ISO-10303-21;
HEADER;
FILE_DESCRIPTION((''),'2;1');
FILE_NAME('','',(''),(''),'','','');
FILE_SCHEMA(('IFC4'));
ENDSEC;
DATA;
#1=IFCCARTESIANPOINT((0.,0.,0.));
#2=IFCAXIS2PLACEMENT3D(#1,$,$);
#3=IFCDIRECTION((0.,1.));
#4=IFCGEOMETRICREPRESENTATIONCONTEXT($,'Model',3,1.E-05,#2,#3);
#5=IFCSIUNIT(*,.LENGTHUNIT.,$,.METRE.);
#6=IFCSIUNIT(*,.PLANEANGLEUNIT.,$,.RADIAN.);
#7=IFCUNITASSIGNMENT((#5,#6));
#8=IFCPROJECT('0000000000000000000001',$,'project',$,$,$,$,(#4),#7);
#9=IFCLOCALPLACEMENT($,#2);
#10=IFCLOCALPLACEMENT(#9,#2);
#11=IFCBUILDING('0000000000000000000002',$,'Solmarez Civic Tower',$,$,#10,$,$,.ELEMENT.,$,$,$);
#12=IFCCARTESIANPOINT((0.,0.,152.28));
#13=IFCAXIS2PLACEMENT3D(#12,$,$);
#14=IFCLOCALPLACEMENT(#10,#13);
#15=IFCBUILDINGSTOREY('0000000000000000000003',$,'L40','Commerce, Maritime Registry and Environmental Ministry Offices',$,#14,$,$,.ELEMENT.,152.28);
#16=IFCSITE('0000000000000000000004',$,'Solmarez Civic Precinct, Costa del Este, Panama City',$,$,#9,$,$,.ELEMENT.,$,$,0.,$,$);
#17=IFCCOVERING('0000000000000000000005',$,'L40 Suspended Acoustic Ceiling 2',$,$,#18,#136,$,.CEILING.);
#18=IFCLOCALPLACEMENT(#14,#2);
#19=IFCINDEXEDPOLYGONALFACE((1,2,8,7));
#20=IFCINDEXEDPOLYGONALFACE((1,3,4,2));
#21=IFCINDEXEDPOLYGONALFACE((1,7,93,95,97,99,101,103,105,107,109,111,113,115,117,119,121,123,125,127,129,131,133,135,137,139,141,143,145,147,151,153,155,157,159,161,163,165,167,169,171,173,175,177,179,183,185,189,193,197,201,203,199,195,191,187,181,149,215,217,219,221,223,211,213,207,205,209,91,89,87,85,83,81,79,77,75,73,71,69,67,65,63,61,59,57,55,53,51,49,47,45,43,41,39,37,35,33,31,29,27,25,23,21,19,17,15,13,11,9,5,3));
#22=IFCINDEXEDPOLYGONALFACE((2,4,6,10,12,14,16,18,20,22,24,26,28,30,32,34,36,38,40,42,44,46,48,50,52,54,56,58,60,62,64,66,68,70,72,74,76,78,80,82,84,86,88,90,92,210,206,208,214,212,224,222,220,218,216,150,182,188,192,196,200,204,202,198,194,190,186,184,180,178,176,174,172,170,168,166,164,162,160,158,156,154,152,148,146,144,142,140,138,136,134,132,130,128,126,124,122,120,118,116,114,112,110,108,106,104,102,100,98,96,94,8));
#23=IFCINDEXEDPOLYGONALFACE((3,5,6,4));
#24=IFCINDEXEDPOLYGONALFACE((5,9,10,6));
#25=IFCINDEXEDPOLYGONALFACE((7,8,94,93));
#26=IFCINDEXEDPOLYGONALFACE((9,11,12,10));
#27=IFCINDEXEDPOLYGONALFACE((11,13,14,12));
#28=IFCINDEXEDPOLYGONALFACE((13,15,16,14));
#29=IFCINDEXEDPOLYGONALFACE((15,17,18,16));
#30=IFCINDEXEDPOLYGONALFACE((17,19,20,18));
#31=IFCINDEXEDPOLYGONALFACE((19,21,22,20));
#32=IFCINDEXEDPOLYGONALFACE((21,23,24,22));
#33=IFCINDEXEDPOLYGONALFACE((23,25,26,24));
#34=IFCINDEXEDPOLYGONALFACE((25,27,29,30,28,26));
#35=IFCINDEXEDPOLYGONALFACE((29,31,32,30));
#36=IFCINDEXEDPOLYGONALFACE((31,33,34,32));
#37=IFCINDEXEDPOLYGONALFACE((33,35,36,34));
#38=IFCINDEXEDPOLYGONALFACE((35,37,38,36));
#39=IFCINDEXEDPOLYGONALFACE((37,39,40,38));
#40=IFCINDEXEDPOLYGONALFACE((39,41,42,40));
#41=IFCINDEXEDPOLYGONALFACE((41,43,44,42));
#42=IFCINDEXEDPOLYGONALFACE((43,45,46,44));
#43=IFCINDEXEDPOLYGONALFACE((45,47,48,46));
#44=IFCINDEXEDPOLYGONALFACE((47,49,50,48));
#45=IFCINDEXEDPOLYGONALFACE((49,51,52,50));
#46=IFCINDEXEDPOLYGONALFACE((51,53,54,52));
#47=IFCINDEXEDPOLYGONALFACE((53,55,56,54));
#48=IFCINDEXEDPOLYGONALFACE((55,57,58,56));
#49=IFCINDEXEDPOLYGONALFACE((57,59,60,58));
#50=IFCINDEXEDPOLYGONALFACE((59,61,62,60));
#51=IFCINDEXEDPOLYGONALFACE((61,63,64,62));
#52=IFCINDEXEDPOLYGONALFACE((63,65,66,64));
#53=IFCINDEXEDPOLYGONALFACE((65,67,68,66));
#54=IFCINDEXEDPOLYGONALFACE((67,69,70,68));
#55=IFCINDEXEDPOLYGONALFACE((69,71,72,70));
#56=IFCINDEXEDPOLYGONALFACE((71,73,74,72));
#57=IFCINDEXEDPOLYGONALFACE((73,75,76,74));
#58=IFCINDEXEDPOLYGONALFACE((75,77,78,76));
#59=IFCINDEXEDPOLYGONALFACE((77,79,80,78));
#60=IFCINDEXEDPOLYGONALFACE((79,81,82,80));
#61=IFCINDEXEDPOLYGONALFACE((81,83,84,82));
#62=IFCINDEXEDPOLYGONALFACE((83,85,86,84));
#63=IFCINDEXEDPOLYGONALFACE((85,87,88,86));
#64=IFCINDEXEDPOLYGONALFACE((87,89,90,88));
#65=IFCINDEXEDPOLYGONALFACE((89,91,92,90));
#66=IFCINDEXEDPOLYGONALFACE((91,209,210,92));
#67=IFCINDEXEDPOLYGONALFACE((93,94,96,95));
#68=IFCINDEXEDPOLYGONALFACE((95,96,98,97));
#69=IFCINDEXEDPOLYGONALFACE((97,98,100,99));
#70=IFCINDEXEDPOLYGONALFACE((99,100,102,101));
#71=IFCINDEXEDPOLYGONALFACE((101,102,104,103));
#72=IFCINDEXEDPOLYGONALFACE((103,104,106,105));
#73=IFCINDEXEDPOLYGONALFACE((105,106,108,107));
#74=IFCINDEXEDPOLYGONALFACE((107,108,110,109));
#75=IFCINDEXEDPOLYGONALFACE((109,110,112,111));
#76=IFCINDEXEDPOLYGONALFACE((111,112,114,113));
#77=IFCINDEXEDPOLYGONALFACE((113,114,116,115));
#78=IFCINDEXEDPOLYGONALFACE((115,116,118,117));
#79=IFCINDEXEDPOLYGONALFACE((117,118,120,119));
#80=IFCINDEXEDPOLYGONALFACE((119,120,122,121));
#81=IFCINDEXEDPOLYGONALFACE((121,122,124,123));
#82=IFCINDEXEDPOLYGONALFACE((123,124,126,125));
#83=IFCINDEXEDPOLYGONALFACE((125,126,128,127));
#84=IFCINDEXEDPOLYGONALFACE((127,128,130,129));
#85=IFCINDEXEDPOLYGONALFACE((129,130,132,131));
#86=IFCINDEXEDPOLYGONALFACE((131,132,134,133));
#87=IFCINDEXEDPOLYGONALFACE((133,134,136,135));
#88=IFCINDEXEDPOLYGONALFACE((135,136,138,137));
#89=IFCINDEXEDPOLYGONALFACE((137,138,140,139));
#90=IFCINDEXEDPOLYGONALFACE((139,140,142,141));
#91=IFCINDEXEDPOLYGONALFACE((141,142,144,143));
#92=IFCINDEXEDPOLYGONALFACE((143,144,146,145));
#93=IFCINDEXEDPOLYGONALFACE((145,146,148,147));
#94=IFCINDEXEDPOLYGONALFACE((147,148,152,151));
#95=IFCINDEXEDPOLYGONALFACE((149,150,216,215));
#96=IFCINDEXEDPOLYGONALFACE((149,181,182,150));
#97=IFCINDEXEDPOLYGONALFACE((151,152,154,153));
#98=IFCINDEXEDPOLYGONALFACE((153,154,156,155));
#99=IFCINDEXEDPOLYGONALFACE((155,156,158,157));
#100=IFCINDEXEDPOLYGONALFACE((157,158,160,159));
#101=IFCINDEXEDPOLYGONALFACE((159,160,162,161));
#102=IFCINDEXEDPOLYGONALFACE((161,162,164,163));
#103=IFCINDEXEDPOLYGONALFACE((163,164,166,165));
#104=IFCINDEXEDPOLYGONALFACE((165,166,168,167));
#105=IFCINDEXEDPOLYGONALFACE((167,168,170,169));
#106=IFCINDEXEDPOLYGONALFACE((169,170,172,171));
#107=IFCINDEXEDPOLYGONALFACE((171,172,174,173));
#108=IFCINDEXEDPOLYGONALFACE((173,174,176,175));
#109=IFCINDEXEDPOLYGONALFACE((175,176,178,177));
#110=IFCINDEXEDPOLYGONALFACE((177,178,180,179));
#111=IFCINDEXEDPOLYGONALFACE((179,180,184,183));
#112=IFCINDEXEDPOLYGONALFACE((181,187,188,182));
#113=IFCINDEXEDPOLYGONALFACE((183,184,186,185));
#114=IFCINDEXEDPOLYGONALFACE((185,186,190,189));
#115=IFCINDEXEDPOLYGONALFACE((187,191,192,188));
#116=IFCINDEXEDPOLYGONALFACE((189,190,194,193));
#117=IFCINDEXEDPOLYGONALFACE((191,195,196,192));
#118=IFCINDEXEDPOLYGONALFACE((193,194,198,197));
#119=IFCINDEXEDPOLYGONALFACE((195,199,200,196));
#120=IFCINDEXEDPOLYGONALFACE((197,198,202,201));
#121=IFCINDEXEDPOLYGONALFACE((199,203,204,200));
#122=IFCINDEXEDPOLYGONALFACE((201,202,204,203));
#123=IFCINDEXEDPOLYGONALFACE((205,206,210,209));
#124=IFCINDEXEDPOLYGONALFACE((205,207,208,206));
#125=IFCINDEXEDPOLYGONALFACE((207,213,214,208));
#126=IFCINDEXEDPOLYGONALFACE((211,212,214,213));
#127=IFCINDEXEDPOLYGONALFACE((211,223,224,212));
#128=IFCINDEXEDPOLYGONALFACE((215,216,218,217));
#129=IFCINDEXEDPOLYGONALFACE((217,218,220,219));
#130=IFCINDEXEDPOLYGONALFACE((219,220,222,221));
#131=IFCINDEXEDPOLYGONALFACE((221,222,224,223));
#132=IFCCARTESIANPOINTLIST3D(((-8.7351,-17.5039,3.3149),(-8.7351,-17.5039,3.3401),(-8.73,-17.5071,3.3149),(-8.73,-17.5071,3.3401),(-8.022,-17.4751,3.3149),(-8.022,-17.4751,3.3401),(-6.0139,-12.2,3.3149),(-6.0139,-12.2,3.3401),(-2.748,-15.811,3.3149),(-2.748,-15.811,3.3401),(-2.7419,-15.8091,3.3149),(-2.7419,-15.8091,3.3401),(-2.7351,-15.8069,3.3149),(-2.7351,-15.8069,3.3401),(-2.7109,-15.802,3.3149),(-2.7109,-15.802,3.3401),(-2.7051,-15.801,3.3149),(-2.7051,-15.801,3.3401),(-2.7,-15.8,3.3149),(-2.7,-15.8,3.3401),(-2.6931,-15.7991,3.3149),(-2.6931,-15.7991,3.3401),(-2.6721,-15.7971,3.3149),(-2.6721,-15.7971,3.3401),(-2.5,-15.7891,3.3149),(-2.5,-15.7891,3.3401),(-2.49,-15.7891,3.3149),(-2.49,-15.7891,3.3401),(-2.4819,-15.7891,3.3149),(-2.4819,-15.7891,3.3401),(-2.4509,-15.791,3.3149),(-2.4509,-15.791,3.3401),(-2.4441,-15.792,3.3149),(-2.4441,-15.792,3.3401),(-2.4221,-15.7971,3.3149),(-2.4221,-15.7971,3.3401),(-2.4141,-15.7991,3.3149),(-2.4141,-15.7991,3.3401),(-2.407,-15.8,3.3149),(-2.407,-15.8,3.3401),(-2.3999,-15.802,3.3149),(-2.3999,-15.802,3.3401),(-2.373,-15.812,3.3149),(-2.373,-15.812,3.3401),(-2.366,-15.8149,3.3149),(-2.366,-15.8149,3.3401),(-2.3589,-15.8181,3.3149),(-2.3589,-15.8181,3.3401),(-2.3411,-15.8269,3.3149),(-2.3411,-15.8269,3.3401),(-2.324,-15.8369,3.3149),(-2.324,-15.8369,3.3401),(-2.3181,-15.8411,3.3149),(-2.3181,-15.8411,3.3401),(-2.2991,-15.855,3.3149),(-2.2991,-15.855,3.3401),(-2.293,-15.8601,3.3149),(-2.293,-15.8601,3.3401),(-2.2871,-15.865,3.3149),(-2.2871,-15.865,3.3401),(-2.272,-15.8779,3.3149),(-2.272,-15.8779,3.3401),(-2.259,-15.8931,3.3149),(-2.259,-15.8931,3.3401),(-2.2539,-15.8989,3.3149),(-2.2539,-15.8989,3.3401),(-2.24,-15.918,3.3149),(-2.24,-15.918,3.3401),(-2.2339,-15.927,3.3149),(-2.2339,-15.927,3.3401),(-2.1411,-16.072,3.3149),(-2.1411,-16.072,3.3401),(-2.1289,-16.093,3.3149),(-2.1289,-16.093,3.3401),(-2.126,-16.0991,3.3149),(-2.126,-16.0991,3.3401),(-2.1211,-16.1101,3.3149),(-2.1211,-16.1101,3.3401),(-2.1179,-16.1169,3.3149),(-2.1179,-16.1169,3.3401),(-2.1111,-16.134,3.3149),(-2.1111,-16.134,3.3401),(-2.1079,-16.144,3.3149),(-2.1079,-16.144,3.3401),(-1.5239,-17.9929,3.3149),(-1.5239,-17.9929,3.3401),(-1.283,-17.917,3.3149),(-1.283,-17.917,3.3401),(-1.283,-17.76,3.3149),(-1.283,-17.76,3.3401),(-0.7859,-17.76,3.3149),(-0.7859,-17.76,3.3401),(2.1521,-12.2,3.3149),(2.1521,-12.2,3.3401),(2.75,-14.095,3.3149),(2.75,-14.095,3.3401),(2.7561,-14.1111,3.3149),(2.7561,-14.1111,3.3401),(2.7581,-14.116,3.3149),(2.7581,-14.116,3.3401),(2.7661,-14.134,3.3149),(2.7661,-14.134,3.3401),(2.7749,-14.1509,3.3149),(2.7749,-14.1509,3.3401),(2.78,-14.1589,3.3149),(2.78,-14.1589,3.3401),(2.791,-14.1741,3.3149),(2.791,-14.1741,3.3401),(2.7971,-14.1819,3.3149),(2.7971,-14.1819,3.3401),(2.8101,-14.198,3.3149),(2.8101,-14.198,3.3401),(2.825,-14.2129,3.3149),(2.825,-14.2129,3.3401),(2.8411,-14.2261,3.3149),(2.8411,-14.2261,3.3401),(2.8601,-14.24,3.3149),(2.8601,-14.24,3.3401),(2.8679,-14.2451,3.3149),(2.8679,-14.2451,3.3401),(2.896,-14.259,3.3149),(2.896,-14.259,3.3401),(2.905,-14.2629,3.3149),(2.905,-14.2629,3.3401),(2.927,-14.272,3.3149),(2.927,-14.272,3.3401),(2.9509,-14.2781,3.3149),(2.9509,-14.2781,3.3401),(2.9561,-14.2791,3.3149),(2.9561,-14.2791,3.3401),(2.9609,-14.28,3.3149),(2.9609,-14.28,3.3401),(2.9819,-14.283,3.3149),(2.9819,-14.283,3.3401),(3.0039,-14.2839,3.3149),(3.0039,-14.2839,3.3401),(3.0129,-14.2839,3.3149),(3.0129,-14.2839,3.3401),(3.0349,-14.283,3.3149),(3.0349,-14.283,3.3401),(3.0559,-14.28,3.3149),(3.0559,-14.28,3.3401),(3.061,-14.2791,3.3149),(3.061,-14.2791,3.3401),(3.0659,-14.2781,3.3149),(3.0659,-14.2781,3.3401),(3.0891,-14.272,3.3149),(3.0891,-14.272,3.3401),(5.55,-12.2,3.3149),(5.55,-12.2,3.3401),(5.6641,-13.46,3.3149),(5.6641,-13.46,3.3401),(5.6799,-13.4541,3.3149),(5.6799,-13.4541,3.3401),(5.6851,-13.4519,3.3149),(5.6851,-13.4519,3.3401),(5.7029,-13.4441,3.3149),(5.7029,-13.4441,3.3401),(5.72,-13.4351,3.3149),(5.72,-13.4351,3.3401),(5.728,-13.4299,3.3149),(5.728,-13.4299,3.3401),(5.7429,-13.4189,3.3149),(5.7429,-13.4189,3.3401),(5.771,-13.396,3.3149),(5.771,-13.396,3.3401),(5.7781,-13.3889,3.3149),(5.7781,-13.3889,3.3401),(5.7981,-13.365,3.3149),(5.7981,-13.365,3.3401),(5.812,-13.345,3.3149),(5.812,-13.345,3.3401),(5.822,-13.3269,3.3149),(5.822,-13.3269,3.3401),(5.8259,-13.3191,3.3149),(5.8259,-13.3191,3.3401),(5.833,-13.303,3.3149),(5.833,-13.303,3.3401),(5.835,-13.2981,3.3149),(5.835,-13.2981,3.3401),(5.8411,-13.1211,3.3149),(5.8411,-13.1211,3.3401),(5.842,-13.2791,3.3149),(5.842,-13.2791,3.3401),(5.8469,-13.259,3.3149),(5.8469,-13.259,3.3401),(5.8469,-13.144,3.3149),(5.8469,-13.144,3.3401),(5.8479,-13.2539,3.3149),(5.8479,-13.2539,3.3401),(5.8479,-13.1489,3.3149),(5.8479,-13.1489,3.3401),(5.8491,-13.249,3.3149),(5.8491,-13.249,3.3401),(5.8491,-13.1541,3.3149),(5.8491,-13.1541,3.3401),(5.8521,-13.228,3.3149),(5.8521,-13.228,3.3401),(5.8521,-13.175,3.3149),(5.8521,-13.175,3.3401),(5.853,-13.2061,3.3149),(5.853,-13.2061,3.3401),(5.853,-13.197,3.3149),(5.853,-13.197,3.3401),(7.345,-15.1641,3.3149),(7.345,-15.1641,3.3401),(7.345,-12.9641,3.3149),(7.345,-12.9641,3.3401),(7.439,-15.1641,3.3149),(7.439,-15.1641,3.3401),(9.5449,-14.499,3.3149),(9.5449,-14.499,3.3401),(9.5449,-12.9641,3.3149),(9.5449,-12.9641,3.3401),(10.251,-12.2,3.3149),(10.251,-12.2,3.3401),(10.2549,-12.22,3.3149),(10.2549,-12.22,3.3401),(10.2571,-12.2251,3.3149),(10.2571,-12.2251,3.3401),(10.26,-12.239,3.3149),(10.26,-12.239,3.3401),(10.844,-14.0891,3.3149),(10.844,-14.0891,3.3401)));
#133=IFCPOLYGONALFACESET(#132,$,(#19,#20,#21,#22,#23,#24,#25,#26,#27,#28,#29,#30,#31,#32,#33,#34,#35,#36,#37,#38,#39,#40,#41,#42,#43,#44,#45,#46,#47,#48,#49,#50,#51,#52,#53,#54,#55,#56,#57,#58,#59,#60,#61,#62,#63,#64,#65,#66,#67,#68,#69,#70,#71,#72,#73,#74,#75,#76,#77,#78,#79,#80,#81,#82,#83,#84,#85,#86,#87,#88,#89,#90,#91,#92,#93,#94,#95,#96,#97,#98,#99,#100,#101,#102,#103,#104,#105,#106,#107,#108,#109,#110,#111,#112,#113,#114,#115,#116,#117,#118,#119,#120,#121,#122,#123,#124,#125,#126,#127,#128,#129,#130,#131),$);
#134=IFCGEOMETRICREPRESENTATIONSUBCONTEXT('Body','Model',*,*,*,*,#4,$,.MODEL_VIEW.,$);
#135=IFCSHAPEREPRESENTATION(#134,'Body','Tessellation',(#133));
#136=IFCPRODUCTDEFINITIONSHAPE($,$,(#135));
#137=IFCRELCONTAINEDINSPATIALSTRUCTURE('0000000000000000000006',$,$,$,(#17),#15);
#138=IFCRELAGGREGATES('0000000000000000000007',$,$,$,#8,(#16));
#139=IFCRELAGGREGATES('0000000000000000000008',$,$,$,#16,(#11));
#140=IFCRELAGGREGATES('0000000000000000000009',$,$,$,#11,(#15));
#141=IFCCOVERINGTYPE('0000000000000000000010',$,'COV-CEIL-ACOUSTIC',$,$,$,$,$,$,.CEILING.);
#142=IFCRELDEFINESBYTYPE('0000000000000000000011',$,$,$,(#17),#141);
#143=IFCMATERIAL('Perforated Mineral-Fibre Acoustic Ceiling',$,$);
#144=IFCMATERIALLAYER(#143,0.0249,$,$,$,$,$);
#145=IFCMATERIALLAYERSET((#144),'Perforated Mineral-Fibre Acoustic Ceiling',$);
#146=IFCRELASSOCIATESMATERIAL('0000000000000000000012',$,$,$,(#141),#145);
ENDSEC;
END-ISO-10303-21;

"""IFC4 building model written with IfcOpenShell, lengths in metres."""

from ifc_helpers import new_model, si_unit, direction, frame, origin, place, context, subcontext, project, spatial, polyline, outline, extrude, material, layer, layer_set, type_object, element, save


model = new_model("IFC4")

# Units and contexts
model_context = context("Model", 3, precision=1e-05, world=origin(), true_north=direction((0.0, 1.0)))
body_context = subcontext(model_context, "Body", "Model", "MODEL_VIEW")
ifc_project = project(units=[si_unit("LENGTHUNIT", "METRE"), si_unit("PLANEANGLEUNIT", "RADIAN")], contexts=[model_context])

# Site, building, storey
site_placement = place(None, origin())
site = spatial("IfcSite", under=ifc_project, at=site_placement, Name="Solmarez Civic Precinct, Costa del Este, Panama City", CompositionType="ELEMENT", RefElevation=0.0)
building_placement = place(site_placement, origin())
building = spatial("IfcBuilding", under=site, at=building_placement, Name="Solmarez Civic Tower", CompositionType="ELEMENT")
storey_placement = place(building_placement, frame((0.0, 0.0, 152.28)))
storey = spatial("IfcBuildingStorey", under=building, at=storey_placement, Name="L40", Description="Commerce, Maritime Registry and Environmental Ministry Offices", CompositionType="ELEMENT", Elevation=152.28)

# Covering
ifc_material_1 = material(Name="Perforated Mineral-Fibre Acoustic Ceiling")
ifc_layer_1 = layer(ifc_material_1, 0.0249)
ifc_layer_set_1 = layer_set([ifc_layer_1], Name="Perforated Mineral-Fibre Acoustic Ceiling")
covering_type_1 = type_object("IfcCoveringType", Name="COV-CEIL-ACOUSTIC", PredefinedType="CEILING", material=ifc_layer_set_1)
covering_1_placement = place(storey_placement, frame((0.0, 0.0, 3.3149)))
element("IfcCovering", 1, at=covering_1_placement, inside=storey, type_object=covering_type_1, Name="L40 Suspended Acoustic Ceiling 2", PredefinedType="CEILING", context=body_context, shape_type="SweptSolid", body=[
    extrude(outline(polyline([(10.2571, -12.2251), (10.2549, -12.22), (10.251, -12.2), (5.55, -12.2), (5.8411, -13.1211), (5.8469, -13.144), (5.8479, -13.1489), (5.8491, -13.1541), (5.8521, -13.175), (5.853, -13.197), (5.853, -13.2061), (5.8521, -13.228), (5.8491, -13.249), (5.8479, -13.2539), (5.8469, -13.259), (5.842, -13.2791), (5.835, -13.2981), (5.833, -13.303), (5.8259, -13.3191), (5.822, -13.3269), (5.812, -13.345), (5.7981, -13.365), (5.7781, -13.3889), (5.771, -13.396), (5.7429, -13.4189), (5.728, -13.4299), (5.72, -13.4351), (5.7029, -13.4441), (5.6851, -13.4519), (5.6799, -13.4541), (5.6641, -13.46), (3.0891, -14.272), (3.0659, -14.2781), (3.061, -14.2791), (3.0559, -14.28), (3.0349, -14.283), (3.0129, -14.2839), (3.0039, -14.2839), (2.9819, -14.283), (2.9609, -14.28), (2.9561, -14.2791), (2.9509, -14.2781), (2.927, -14.272), (2.905, -14.2629), (2.896, -14.259), (2.8679, -14.2451), (2.8601, -14.24), (2.8411, -14.2261), (2.825, -14.2129), (2.8101, -14.198), (2.7971, -14.1819), (2.791, -14.1741), (2.78, -14.1589), (2.7749, -14.1509), (2.7661, -14.134), (2.7581, -14.116), (2.7561, -14.1111), (2.75, -14.095), (2.1521, -12.2), (-6.0139, -12.2), (-8.7351, -17.5039), (-8.73, -17.5071), (-8.022, -17.4751), (-2.748, -15.811), (-2.7419, -15.8091), (-2.7351, -15.8069), (-2.7109, -15.802), (-2.7051, -15.801), (-2.7, -15.8), (-2.6931, -15.7991), (-2.6721, -15.7971), (-2.5, -15.7891), (-2.49, -15.7891), (-2.4819, -15.7891), (-2.4509, -15.791), (-2.4441, -15.792), (-2.4221, -15.7971), (-2.4141, -15.7991), (-2.407, -15.8), (-2.3999, -15.802), (-2.373, -15.812), (-2.366, -15.8149), (-2.3589, -15.8181), (-2.3411, -15.8269), (-2.324, -15.8369), (-2.3181, -15.8411), (-2.2991, -15.855), (-2.293, -15.8601), (-2.2871, -15.865), (-2.272, -15.8779), (-2.259, -15.8931), (-2.2539, -15.8989), (-2.24, -15.918), (-2.2339, -15.927), (-2.1411, -16.072), (-2.1289, -16.093), (-2.126, -16.0991), (-2.1211, -16.1101), (-2.1179, -16.1169), (-2.1111, -16.134), (-2.1079, -16.144), (-1.5239, -17.9929), (-1.283, -17.917), (-1.283, -17.76), (-0.7859, -17.76), (7.439, -15.1641), (7.345, -15.1641), (7.345, -12.9641), (9.5449, -12.9641), (9.5449, -14.499), (10.844, -14.0891), (10.26, -12.239), (10.2571, -12.2251)])), origin(), (0.0, 0.0, 1.0), 0.0251),
])

save(model, "model.ifc")
